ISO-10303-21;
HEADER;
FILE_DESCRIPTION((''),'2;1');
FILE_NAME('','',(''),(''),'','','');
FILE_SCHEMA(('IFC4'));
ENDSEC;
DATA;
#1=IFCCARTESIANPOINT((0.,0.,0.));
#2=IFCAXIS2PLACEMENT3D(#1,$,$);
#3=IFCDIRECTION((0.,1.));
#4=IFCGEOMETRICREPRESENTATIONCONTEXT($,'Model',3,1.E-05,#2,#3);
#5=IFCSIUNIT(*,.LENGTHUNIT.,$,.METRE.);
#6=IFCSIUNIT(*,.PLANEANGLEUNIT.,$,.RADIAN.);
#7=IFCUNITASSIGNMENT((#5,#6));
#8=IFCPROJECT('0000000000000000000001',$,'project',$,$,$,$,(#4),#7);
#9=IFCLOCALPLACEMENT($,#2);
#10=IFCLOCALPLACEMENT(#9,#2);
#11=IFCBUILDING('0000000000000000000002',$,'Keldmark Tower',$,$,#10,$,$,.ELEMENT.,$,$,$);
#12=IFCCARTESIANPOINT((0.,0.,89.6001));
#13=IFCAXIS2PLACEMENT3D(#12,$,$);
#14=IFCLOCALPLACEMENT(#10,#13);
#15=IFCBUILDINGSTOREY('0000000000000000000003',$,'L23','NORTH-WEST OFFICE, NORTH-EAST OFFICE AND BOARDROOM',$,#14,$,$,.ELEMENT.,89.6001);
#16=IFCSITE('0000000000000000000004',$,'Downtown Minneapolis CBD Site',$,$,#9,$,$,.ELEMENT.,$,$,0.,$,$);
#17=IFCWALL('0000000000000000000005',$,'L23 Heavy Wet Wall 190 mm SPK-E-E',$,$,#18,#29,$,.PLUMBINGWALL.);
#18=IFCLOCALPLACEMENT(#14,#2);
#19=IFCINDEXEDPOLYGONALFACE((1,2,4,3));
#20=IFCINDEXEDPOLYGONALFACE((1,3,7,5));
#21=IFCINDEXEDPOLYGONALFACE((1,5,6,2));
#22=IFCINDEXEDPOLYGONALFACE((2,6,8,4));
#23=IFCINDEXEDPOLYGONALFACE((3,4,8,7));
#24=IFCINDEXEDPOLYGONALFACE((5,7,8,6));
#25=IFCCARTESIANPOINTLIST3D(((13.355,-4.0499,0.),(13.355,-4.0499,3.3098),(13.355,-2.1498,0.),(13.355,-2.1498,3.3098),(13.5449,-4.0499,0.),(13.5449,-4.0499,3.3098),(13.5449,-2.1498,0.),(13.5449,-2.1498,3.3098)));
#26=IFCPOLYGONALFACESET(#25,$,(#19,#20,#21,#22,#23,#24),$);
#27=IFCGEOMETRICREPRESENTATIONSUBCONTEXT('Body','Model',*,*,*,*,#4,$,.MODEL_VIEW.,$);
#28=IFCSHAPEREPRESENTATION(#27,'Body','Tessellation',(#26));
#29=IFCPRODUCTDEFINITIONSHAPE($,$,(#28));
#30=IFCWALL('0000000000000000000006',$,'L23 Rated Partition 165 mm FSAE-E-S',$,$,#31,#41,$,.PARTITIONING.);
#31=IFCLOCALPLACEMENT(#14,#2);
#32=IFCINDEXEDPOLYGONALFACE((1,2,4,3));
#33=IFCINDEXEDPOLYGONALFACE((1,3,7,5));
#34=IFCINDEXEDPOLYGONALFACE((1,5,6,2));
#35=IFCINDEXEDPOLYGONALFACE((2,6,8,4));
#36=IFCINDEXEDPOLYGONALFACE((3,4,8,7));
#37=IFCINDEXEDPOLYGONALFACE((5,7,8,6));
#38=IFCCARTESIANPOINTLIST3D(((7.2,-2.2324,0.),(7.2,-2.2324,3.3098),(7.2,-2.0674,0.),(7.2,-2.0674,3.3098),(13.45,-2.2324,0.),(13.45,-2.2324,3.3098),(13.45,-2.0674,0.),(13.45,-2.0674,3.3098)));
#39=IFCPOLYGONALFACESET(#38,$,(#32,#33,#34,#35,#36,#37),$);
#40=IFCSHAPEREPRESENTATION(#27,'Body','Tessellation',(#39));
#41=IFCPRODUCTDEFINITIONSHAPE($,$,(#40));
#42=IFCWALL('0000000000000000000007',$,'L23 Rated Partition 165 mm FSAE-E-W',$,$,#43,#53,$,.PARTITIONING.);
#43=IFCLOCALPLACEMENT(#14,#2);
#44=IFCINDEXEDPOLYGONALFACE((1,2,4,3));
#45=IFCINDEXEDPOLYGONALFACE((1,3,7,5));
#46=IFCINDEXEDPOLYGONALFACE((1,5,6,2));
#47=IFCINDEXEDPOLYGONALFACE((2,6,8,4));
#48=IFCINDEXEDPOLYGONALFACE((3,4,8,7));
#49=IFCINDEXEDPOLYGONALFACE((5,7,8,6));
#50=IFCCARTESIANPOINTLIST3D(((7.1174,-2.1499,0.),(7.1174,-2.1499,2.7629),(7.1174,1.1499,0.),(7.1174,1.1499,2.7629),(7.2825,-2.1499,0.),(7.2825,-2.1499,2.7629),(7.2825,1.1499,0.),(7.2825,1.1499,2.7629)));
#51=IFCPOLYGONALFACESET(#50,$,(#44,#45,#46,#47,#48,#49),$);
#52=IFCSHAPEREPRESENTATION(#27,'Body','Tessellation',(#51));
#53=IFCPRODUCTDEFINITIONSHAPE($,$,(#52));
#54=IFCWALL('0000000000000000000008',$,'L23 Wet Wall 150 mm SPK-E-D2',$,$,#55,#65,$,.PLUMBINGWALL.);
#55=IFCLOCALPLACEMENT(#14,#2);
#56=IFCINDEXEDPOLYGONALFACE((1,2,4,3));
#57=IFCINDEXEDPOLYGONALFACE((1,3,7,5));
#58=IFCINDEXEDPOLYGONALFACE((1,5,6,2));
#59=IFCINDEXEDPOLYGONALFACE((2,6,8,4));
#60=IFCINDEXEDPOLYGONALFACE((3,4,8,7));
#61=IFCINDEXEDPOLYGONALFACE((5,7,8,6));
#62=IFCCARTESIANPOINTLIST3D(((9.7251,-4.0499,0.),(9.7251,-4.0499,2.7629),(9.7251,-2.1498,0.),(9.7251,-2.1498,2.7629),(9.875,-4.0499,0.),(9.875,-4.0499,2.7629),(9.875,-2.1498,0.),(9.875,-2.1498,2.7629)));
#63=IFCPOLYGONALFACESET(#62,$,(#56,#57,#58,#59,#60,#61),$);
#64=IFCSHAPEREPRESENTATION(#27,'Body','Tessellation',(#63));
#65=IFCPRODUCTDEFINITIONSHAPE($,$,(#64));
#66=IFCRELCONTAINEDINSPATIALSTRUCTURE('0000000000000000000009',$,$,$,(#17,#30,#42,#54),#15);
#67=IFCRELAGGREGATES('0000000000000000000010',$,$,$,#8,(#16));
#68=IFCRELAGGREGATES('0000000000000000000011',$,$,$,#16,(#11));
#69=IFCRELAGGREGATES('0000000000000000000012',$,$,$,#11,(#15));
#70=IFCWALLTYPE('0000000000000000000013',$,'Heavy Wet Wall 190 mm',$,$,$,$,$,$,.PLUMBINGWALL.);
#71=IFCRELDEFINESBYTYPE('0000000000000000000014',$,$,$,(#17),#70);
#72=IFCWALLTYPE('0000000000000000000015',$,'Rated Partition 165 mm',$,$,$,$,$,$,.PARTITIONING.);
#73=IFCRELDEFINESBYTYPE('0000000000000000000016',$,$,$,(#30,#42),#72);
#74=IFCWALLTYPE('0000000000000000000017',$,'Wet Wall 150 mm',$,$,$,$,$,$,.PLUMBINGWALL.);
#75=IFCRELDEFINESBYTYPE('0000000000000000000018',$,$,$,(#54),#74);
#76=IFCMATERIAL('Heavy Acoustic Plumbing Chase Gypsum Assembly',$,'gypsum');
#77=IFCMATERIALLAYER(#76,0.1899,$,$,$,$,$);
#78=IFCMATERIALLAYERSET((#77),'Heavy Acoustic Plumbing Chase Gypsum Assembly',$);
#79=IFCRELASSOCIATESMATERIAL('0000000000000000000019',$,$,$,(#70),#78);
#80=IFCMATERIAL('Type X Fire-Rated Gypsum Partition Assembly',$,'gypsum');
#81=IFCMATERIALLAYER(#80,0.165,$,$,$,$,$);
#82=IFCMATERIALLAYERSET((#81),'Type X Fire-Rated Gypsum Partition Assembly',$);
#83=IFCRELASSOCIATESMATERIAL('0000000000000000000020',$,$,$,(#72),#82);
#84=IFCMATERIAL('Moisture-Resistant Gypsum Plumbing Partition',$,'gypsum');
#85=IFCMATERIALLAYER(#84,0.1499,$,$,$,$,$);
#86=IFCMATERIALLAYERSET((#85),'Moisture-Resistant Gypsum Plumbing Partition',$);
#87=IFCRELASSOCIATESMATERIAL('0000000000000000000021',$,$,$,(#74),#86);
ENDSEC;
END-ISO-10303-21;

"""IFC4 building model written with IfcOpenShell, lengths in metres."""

from ifc_helpers import new_model, si_unit, direction, frame, frame_2d, origin, place, context, subcontext, project, spatial, rectangle, extrude, material, layer, layer_set, type_object, element, save


model = new_model("IFC4")

# Units and contexts
model_context = context("Model", 3, precision=1e-05, world=origin(), true_north=direction((0.0, 1.0)))
body_context = subcontext(model_context, "Body", "Model", "MODEL_VIEW")
ifc_project = project(units=[si_unit("LENGTHUNIT", "METRE"), si_unit("PLANEANGLEUNIT", "RADIAN")], contexts=[model_context])

# Site, building, storey
site_placement = place(None, origin())
site = spatial("IfcSite", under=ifc_project, at=site_placement, Name="Downtown Minneapolis CBD Site", CompositionType="ELEMENT", RefElevation=0.0)
building_placement = place(site_placement, origin())
building = spatial("IfcBuilding", under=site, at=building_placement, Name="Keldmark Tower", CompositionType="ELEMENT")
storey_placement = place(building_placement, frame((0.0, 0.0, 89.6001)))
storey = spatial("IfcBuildingStorey", under=building, at=storey_placement, Name="L23", Description="NORTH-WEST OFFICE, NORTH-EAST OFFICE AND BOARDROOM", CompositionType="ELEMENT", Elevation=89.6001)

# Walls
ifc_material_1 = material(Name="Heavy Acoustic Plumbing Chase Gypsum Assembly", Category="gypsum")
ifc_layer_1 = layer(ifc_material_1, 0.1899)
ifc_layer_set_1 = layer_set([ifc_layer_1], Name="Heavy Acoustic Plumbing Chase Gypsum Assembly")
wall_type_1 = type_object("IfcWallType", Name="Heavy Wet Wall 190 mm", PredefinedType="PLUMBINGWALL", material=ifc_layer_set_1)
wall_1_placement = place(storey_placement, frame((13.45, -4.05, 0.0), z_axis=(0.0, 0.0, 1.0), x_axis=(0.0, 1.0, 0.0)))
element("IfcWall", 1, at=wall_1_placement, inside=storey, type_object=wall_type_1, Name="L23 Heavy Wet Wall 190 mm SPK-E-E", PredefinedType="PLUMBINGWALL", context=body_context, shape_type="SweptSolid", body=[
    extrude(rectangle(XDim=1.9001, YDim=0.1899, at=frame_2d((0.9502, 0.0))), origin(), (0.0, 0.0, 1.0), 3.3098),
])
ifc_material_2 = material(Name="Type X Fire-Rated Gypsum Partition Assembly", Category="gypsum")
ifc_layer_2 = layer(ifc_material_2, 0.165)
ifc_layer_set_2 = layer_set([ifc_layer_2], Name="Type X Fire-Rated Gypsum Partition Assembly")
wall_type_2 = type_object("IfcWallType", Name="Rated Partition 165 mm", PredefinedType="PARTITIONING", material=ifc_layer_set_2)
wall_2_placement = place(storey_placement, frame((7.2, -2.1499, 0.0), z_axis=(0.0, 0.0, 1.0), x_axis=(1.0, 0.0, 0.0)))
element("IfcWall", 2, at=wall_2_placement, inside=storey, type_object=wall_type_2, Name="L23 Rated Partition 165 mm FSAE-E-S", PredefinedType="PARTITIONING", context=body_context, shape_type="SweptSolid", body=[
    extrude(rectangle(XDim=6.25, YDim=0.165, at=frame_2d((3.125, 0.0))), origin(), (0.0, 0.0, 1.0), 3.3098),
])
wall_3_placement = place(storey_placement, frame((7.2, -2.1499, 0.0), z_axis=(0.0, 0.0, 1.0), x_axis=(0.0, 1.0, 0.0)))
element("IfcWall", 3, at=wall_3_placement, inside=storey, type_object=wall_type_2, Name="L23 Rated Partition 165 mm FSAE-E-W", PredefinedType="PARTITIONING", context=body_context, shape_type="SweptSolid", body=[
    extrude(rectangle(XDim=3.2998, YDim=0.165, at=frame_2d((1.6499, 0.0))), origin(), (0.0, 0.0, 1.0), 2.7629),
])
ifc_material_3 = material(Name="Moisture-Resistant Gypsum Plumbing Partition", Category="gypsum")
ifc_layer_3 = layer(ifc_material_3, 0.1499)
ifc_layer_set_3 = layer_set([ifc_layer_3], Name="Moisture-Resistant Gypsum Plumbing Partition")
wall_type_3 = type_object("IfcWallType", Name="Wet Wall 150 mm", PredefinedType="PLUMBINGWALL", material=ifc_layer_set_3)
wall_4_placement = place(storey_placement, frame((9.8, -4.05, 0.0), z_axis=(0.0, 0.0, 1.0), x_axis=(0.0, 1.0, 0.0)))
element("IfcWall", 4, at=wall_4_placement, inside=storey, type_object=wall_type_3, Name="L23 Wet Wall 150 mm SPK-E-D2", PredefinedType="PLUMBINGWALL", context=body_context, shape_type="SweptSolid", body=[
    extrude(rectangle(XDim=1.9001, YDim=0.1499, at=frame_2d((0.9502, 0.0))), origin(), (0.0, 0.0, 1.0), 2.7629),
])

save(model, "model.ifc")
